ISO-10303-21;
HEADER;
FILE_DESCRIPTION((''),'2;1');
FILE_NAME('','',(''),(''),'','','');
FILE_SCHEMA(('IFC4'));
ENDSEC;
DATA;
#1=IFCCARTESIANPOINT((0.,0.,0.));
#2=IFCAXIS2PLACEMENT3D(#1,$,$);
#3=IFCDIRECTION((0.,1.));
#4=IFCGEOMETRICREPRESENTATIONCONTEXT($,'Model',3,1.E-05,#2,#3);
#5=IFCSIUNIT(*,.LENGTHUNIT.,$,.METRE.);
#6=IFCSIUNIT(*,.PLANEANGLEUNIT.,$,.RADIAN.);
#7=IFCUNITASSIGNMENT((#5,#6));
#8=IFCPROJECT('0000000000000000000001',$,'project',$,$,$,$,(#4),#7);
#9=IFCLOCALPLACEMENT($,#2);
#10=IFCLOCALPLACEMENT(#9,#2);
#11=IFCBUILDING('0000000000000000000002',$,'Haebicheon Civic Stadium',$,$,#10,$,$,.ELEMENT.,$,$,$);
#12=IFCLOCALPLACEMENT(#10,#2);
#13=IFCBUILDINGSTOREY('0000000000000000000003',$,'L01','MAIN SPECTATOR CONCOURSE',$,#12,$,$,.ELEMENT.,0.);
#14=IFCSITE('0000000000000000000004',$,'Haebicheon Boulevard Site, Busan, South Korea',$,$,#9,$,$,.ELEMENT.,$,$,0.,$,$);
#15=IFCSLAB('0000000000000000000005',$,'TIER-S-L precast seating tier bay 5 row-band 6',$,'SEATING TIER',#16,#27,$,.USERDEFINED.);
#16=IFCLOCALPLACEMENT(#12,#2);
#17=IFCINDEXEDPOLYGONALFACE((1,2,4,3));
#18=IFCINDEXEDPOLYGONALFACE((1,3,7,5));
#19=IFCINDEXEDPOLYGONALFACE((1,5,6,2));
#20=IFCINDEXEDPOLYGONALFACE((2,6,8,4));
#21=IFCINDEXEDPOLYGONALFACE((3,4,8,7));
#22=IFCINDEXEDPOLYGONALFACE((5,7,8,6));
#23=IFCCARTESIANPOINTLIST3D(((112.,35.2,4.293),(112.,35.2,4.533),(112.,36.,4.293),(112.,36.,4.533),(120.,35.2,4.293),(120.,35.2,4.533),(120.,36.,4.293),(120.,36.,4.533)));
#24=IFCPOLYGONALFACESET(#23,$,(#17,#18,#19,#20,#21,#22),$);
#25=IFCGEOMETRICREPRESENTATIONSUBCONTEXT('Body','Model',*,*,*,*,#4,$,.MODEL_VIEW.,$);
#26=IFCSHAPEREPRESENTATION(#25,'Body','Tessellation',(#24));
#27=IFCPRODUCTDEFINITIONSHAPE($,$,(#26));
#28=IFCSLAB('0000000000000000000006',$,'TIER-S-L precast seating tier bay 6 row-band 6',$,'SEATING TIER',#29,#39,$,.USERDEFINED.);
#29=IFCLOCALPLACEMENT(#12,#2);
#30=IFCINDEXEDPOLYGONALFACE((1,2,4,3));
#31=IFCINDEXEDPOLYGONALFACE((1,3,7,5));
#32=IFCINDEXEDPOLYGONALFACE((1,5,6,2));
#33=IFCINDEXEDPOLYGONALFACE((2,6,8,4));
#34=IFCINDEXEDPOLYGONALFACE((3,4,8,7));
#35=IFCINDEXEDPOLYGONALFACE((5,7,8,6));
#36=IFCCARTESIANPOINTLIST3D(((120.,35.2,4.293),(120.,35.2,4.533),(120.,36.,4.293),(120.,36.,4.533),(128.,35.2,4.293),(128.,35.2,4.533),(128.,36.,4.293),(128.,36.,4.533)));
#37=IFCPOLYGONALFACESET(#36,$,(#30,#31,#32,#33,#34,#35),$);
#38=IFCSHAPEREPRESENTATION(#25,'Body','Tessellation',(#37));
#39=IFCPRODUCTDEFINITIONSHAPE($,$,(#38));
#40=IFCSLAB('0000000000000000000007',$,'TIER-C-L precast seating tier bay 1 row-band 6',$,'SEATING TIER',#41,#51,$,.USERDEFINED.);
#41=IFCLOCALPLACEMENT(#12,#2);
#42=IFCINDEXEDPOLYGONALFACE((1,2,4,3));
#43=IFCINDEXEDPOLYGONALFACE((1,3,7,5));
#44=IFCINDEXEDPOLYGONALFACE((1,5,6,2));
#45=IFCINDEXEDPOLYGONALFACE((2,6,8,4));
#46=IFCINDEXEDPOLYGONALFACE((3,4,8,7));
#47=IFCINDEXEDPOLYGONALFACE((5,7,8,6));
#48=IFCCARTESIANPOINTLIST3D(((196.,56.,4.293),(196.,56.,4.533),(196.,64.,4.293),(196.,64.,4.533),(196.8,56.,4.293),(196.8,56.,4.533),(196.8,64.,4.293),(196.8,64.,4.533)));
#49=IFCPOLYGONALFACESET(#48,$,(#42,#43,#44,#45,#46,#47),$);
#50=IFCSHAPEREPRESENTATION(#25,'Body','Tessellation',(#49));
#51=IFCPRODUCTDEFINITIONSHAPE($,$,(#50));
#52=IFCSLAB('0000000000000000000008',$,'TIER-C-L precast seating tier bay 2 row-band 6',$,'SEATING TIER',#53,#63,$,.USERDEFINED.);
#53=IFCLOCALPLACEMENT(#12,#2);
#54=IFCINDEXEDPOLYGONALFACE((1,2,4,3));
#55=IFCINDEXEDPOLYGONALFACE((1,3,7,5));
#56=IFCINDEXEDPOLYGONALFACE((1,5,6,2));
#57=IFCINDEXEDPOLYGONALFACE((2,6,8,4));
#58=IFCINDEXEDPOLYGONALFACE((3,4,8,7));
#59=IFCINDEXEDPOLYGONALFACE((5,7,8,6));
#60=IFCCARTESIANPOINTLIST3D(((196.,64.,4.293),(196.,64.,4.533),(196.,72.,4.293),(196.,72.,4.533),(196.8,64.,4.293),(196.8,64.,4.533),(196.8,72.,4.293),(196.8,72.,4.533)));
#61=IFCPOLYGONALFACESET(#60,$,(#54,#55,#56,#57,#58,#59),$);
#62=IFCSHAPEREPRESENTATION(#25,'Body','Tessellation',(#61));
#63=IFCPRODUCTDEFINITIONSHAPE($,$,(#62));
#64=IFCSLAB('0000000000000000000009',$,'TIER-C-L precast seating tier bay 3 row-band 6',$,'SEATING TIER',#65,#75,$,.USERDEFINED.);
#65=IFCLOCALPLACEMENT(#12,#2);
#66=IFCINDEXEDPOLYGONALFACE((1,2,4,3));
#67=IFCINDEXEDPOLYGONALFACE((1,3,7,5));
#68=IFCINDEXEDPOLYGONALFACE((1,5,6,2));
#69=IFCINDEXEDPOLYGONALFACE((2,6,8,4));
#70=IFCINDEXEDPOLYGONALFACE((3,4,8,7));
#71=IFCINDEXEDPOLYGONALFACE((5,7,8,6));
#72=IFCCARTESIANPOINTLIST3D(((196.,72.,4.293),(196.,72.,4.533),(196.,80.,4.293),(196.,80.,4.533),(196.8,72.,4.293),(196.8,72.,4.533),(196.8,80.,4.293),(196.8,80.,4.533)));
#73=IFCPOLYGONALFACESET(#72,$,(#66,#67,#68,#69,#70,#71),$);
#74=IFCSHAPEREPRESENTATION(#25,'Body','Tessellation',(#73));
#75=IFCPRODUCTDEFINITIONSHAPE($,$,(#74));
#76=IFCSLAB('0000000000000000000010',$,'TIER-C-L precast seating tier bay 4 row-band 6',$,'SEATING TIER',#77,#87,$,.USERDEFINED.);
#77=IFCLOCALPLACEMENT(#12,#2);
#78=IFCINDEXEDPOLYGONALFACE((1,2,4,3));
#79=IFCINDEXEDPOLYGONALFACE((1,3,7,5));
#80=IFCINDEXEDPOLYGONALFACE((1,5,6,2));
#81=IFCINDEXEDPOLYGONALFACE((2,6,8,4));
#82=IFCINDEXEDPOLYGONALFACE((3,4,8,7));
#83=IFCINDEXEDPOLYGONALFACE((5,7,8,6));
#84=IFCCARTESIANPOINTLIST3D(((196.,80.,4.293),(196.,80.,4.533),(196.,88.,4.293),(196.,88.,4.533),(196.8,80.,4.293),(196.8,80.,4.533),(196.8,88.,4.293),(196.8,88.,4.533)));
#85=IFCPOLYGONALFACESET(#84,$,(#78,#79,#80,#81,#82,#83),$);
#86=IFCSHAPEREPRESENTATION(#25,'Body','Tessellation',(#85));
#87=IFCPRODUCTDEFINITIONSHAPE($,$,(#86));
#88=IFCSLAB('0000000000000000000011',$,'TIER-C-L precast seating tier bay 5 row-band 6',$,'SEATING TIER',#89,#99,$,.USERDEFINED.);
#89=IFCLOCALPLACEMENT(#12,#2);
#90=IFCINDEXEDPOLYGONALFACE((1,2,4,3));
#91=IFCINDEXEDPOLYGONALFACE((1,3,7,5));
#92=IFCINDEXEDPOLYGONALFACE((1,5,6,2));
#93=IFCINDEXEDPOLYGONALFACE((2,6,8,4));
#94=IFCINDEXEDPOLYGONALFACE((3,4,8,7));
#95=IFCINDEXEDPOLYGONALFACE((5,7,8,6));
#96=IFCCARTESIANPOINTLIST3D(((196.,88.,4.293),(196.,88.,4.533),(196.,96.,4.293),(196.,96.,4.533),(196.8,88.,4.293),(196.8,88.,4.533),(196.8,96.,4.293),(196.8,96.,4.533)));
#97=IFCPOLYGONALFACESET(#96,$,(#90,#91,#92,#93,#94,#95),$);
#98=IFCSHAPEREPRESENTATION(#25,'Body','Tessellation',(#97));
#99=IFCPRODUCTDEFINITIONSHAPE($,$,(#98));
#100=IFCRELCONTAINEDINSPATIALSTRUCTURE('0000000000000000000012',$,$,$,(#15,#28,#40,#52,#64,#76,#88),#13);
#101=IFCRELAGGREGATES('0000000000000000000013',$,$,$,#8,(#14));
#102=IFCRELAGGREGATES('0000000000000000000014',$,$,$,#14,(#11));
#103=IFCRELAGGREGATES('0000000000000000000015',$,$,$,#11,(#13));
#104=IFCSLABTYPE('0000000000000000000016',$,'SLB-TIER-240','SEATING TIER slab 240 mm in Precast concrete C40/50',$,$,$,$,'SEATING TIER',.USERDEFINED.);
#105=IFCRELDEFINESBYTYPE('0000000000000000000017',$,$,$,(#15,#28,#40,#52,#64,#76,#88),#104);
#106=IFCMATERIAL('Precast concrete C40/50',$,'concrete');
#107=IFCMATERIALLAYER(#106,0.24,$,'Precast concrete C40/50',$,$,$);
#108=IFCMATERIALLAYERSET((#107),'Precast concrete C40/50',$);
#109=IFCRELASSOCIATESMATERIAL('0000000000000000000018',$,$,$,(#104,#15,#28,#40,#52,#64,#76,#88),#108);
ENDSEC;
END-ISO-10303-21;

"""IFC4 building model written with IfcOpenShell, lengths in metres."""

from ifc_helpers import new_model, si_unit, direction, frame, origin, place, context, subcontext, project, spatial, polyline, outline, extrude, material, layer, layer_set, type_object, element, save


model = new_model("IFC4")

# Units and contexts
model_context = context("Model", 3, precision=1e-05, world=origin(), true_north=direction((0.0, 1.0)))
body_context = subcontext(model_context, "Body", "Model", "MODEL_VIEW")
ifc_project = project(units=[si_unit("LENGTHUNIT", "METRE"), si_unit("PLANEANGLEUNIT", "RADIAN")], contexts=[model_context])

# Site, building, storey
site_placement = place(None, origin())
site = spatial("IfcSite", under=ifc_project, at=site_placement, Name="Haebicheon Boulevard Site, Busan, South Korea", CompositionType="ELEMENT", RefElevation=0.0)
building_placement = place(site_placement, origin())
building = spatial("IfcBuilding", under=site, at=building_placement, Name="Haebicheon Civic Stadium", CompositionType="ELEMENT")
storey_placement = place(building_placement, origin())
storey = spatial("IfcBuildingStorey", under=building, at=storey_placement, Name="L01", Description="MAIN SPECTATOR CONCOURSE", CompositionType="ELEMENT", Elevation=0.0)

# Slabs
ifc_material = material(Name="Precast concrete C40/50", Category="concrete")
ifc_layer = layer(ifc_material, 0.24, Name="Precast concrete C40/50")
ifc_layer_set = layer_set([ifc_layer], Name="Precast concrete C40/50")
slab_type = type_object("IfcSlabType", Name="SLB-TIER-240", Description="SEATING TIER slab 240 mm in Precast concrete C40/50", ElementType="SEATING TIER", PredefinedType="USERDEFINED", material=ifc_layer_set)
slab_1_placement = place(storey_placement, frame((0.0, 0.0, 4.293)))
element("IfcSlab", 1, at=slab_1_placement, inside=storey, type_object=slab_type, material=ifc_layer_set, Name="TIER-S-L precast seating tier bay 5 row-band 6", ObjectType="SEATING TIER", PredefinedType="USERDEFINED", context=body_context, shape_type="SweptSolid", body=[
    extrude(outline(polyline([(112.0, 35.2), (120.0, 35.2), (120.0, 36.0), (112.0, 36.0), (112.0, 35.2)])), origin(), (0.0, 0.0, 1.0), 0.24),
])
slab_2_placement = place(storey_placement, frame((0.0, 0.0, 4.293)))
element("IfcSlab", 2, at=slab_2_placement, inside=storey, type_object=slab_type, material=ifc_layer_set, Name="TIER-S-L precast seating tier bay 6 row-band 6", ObjectType="SEATING TIER", PredefinedType="USERDEFINED", context=body_context, shape_type="SweptSolid", body=[
    extrude(outline(polyline([(120.0, 35.2), (128.0, 35.2), (128.0, 36.0), (120.0, 36.0), (120.0, 35.2)])), origin(), (0.0, 0.0, 1.0), 0.24),
])
slab_3_placement = place(storey_placement, frame((0.0, 0.0, 4.293)))
element("IfcSlab", 3, at=slab_3_placement, inside=storey, type_object=slab_type, material=ifc_layer_set, Name="TIER-C-L precast seating tier bay 1 row-band 6", ObjectType="SEATING TIER", PredefinedType="USERDEFINED", context=body_context, shape_type="SweptSolid", body=[
    extrude(outline(polyline([(196.0, 56.0), (196.8, 56.0), (196.8, 64.0), (196.0, 64.0), (196.0, 56.0)])), origin(), (0.0, 0.0, 1.0), 0.24),
])
slab_4_placement = place(storey_placement, frame((0.0, 0.0, 4.293)))
element("IfcSlab", 4, at=slab_4_placement, inside=storey, type_object=slab_type, material=ifc_layer_set, Name="TIER-C-L precast seating tier bay 2 row-band 6", ObjectType="SEATING TIER", PredefinedType="USERDEFINED", context=body_context, shape_type="SweptSolid", body=[
    extrude(outline(polyline([(196.0, 64.0), (196.8, 64.0), (196.8, 72.0), (196.0, 72.0), (196.0, 64.0)])), origin(), (0.0, 0.0, 1.0), 0.24),
])
slab_5_placement = place(storey_placement, frame((0.0, 0.0, 4.293)))
element("IfcSlab", 5, at=slab_5_placement, inside=storey, type_object=slab_type, material=ifc_layer_set, Name="TIER-C-L precast seating tier bay 3 row-band 6", ObjectType="SEATING TIER", PredefinedType="USERDEFINED", context=body_context, shape_type="SweptSolid", body=[
    extrude(outline(polyline([(196.0, 72.0), (196.8, 72.0), (196.8, 80.0), (196.0, 80.0), (196.0, 72.0)])), origin(), (0.0, 0.0, 1.0), 0.24),
])
slab_6_placement = place(storey_placement, frame((0.0, 0.0, 4.293)))
element("IfcSlab", 6, at=slab_6_placement, inside=storey, type_object=slab_type, material=ifc_layer_set, Name="TIER-C-L precast seating tier bay 4 row-band 6", ObjectType="SEATING TIER", PredefinedType="USERDEFINED", context=body_context, shape_type="SweptSolid", body=[
    extrude(outline(polyline([(196.0, 80.0), (196.8, 80.0), (196.8, 88.0), (196.0, 88.0), (196.0, 80.0)])), origin(), (0.0, 0.0, 1.0), 0.24),
])
slab_7_placement = place(storey_placement, frame((0.0, 0.0, 4.293)))
element("IfcSlab", 7, at=slab_7_placement, inside=storey, type_object=slab_type, material=ifc_layer_set, Name="TIER-C-L precast seating tier bay 5 row-band 6", ObjectType="SEATING TIER", PredefinedType="USERDEFINED", context=body_context, shape_type="SweptSolid", body=[
    extrude(outline(polyline([(196.0, 88.0), (196.8, 88.0), (196.8, 96.0), (196.0, 96.0), (196.0, 88.0)])), origin(), (0.0, 0.0, 1.0), 0.24),
])

save(model, "model.ifc")
